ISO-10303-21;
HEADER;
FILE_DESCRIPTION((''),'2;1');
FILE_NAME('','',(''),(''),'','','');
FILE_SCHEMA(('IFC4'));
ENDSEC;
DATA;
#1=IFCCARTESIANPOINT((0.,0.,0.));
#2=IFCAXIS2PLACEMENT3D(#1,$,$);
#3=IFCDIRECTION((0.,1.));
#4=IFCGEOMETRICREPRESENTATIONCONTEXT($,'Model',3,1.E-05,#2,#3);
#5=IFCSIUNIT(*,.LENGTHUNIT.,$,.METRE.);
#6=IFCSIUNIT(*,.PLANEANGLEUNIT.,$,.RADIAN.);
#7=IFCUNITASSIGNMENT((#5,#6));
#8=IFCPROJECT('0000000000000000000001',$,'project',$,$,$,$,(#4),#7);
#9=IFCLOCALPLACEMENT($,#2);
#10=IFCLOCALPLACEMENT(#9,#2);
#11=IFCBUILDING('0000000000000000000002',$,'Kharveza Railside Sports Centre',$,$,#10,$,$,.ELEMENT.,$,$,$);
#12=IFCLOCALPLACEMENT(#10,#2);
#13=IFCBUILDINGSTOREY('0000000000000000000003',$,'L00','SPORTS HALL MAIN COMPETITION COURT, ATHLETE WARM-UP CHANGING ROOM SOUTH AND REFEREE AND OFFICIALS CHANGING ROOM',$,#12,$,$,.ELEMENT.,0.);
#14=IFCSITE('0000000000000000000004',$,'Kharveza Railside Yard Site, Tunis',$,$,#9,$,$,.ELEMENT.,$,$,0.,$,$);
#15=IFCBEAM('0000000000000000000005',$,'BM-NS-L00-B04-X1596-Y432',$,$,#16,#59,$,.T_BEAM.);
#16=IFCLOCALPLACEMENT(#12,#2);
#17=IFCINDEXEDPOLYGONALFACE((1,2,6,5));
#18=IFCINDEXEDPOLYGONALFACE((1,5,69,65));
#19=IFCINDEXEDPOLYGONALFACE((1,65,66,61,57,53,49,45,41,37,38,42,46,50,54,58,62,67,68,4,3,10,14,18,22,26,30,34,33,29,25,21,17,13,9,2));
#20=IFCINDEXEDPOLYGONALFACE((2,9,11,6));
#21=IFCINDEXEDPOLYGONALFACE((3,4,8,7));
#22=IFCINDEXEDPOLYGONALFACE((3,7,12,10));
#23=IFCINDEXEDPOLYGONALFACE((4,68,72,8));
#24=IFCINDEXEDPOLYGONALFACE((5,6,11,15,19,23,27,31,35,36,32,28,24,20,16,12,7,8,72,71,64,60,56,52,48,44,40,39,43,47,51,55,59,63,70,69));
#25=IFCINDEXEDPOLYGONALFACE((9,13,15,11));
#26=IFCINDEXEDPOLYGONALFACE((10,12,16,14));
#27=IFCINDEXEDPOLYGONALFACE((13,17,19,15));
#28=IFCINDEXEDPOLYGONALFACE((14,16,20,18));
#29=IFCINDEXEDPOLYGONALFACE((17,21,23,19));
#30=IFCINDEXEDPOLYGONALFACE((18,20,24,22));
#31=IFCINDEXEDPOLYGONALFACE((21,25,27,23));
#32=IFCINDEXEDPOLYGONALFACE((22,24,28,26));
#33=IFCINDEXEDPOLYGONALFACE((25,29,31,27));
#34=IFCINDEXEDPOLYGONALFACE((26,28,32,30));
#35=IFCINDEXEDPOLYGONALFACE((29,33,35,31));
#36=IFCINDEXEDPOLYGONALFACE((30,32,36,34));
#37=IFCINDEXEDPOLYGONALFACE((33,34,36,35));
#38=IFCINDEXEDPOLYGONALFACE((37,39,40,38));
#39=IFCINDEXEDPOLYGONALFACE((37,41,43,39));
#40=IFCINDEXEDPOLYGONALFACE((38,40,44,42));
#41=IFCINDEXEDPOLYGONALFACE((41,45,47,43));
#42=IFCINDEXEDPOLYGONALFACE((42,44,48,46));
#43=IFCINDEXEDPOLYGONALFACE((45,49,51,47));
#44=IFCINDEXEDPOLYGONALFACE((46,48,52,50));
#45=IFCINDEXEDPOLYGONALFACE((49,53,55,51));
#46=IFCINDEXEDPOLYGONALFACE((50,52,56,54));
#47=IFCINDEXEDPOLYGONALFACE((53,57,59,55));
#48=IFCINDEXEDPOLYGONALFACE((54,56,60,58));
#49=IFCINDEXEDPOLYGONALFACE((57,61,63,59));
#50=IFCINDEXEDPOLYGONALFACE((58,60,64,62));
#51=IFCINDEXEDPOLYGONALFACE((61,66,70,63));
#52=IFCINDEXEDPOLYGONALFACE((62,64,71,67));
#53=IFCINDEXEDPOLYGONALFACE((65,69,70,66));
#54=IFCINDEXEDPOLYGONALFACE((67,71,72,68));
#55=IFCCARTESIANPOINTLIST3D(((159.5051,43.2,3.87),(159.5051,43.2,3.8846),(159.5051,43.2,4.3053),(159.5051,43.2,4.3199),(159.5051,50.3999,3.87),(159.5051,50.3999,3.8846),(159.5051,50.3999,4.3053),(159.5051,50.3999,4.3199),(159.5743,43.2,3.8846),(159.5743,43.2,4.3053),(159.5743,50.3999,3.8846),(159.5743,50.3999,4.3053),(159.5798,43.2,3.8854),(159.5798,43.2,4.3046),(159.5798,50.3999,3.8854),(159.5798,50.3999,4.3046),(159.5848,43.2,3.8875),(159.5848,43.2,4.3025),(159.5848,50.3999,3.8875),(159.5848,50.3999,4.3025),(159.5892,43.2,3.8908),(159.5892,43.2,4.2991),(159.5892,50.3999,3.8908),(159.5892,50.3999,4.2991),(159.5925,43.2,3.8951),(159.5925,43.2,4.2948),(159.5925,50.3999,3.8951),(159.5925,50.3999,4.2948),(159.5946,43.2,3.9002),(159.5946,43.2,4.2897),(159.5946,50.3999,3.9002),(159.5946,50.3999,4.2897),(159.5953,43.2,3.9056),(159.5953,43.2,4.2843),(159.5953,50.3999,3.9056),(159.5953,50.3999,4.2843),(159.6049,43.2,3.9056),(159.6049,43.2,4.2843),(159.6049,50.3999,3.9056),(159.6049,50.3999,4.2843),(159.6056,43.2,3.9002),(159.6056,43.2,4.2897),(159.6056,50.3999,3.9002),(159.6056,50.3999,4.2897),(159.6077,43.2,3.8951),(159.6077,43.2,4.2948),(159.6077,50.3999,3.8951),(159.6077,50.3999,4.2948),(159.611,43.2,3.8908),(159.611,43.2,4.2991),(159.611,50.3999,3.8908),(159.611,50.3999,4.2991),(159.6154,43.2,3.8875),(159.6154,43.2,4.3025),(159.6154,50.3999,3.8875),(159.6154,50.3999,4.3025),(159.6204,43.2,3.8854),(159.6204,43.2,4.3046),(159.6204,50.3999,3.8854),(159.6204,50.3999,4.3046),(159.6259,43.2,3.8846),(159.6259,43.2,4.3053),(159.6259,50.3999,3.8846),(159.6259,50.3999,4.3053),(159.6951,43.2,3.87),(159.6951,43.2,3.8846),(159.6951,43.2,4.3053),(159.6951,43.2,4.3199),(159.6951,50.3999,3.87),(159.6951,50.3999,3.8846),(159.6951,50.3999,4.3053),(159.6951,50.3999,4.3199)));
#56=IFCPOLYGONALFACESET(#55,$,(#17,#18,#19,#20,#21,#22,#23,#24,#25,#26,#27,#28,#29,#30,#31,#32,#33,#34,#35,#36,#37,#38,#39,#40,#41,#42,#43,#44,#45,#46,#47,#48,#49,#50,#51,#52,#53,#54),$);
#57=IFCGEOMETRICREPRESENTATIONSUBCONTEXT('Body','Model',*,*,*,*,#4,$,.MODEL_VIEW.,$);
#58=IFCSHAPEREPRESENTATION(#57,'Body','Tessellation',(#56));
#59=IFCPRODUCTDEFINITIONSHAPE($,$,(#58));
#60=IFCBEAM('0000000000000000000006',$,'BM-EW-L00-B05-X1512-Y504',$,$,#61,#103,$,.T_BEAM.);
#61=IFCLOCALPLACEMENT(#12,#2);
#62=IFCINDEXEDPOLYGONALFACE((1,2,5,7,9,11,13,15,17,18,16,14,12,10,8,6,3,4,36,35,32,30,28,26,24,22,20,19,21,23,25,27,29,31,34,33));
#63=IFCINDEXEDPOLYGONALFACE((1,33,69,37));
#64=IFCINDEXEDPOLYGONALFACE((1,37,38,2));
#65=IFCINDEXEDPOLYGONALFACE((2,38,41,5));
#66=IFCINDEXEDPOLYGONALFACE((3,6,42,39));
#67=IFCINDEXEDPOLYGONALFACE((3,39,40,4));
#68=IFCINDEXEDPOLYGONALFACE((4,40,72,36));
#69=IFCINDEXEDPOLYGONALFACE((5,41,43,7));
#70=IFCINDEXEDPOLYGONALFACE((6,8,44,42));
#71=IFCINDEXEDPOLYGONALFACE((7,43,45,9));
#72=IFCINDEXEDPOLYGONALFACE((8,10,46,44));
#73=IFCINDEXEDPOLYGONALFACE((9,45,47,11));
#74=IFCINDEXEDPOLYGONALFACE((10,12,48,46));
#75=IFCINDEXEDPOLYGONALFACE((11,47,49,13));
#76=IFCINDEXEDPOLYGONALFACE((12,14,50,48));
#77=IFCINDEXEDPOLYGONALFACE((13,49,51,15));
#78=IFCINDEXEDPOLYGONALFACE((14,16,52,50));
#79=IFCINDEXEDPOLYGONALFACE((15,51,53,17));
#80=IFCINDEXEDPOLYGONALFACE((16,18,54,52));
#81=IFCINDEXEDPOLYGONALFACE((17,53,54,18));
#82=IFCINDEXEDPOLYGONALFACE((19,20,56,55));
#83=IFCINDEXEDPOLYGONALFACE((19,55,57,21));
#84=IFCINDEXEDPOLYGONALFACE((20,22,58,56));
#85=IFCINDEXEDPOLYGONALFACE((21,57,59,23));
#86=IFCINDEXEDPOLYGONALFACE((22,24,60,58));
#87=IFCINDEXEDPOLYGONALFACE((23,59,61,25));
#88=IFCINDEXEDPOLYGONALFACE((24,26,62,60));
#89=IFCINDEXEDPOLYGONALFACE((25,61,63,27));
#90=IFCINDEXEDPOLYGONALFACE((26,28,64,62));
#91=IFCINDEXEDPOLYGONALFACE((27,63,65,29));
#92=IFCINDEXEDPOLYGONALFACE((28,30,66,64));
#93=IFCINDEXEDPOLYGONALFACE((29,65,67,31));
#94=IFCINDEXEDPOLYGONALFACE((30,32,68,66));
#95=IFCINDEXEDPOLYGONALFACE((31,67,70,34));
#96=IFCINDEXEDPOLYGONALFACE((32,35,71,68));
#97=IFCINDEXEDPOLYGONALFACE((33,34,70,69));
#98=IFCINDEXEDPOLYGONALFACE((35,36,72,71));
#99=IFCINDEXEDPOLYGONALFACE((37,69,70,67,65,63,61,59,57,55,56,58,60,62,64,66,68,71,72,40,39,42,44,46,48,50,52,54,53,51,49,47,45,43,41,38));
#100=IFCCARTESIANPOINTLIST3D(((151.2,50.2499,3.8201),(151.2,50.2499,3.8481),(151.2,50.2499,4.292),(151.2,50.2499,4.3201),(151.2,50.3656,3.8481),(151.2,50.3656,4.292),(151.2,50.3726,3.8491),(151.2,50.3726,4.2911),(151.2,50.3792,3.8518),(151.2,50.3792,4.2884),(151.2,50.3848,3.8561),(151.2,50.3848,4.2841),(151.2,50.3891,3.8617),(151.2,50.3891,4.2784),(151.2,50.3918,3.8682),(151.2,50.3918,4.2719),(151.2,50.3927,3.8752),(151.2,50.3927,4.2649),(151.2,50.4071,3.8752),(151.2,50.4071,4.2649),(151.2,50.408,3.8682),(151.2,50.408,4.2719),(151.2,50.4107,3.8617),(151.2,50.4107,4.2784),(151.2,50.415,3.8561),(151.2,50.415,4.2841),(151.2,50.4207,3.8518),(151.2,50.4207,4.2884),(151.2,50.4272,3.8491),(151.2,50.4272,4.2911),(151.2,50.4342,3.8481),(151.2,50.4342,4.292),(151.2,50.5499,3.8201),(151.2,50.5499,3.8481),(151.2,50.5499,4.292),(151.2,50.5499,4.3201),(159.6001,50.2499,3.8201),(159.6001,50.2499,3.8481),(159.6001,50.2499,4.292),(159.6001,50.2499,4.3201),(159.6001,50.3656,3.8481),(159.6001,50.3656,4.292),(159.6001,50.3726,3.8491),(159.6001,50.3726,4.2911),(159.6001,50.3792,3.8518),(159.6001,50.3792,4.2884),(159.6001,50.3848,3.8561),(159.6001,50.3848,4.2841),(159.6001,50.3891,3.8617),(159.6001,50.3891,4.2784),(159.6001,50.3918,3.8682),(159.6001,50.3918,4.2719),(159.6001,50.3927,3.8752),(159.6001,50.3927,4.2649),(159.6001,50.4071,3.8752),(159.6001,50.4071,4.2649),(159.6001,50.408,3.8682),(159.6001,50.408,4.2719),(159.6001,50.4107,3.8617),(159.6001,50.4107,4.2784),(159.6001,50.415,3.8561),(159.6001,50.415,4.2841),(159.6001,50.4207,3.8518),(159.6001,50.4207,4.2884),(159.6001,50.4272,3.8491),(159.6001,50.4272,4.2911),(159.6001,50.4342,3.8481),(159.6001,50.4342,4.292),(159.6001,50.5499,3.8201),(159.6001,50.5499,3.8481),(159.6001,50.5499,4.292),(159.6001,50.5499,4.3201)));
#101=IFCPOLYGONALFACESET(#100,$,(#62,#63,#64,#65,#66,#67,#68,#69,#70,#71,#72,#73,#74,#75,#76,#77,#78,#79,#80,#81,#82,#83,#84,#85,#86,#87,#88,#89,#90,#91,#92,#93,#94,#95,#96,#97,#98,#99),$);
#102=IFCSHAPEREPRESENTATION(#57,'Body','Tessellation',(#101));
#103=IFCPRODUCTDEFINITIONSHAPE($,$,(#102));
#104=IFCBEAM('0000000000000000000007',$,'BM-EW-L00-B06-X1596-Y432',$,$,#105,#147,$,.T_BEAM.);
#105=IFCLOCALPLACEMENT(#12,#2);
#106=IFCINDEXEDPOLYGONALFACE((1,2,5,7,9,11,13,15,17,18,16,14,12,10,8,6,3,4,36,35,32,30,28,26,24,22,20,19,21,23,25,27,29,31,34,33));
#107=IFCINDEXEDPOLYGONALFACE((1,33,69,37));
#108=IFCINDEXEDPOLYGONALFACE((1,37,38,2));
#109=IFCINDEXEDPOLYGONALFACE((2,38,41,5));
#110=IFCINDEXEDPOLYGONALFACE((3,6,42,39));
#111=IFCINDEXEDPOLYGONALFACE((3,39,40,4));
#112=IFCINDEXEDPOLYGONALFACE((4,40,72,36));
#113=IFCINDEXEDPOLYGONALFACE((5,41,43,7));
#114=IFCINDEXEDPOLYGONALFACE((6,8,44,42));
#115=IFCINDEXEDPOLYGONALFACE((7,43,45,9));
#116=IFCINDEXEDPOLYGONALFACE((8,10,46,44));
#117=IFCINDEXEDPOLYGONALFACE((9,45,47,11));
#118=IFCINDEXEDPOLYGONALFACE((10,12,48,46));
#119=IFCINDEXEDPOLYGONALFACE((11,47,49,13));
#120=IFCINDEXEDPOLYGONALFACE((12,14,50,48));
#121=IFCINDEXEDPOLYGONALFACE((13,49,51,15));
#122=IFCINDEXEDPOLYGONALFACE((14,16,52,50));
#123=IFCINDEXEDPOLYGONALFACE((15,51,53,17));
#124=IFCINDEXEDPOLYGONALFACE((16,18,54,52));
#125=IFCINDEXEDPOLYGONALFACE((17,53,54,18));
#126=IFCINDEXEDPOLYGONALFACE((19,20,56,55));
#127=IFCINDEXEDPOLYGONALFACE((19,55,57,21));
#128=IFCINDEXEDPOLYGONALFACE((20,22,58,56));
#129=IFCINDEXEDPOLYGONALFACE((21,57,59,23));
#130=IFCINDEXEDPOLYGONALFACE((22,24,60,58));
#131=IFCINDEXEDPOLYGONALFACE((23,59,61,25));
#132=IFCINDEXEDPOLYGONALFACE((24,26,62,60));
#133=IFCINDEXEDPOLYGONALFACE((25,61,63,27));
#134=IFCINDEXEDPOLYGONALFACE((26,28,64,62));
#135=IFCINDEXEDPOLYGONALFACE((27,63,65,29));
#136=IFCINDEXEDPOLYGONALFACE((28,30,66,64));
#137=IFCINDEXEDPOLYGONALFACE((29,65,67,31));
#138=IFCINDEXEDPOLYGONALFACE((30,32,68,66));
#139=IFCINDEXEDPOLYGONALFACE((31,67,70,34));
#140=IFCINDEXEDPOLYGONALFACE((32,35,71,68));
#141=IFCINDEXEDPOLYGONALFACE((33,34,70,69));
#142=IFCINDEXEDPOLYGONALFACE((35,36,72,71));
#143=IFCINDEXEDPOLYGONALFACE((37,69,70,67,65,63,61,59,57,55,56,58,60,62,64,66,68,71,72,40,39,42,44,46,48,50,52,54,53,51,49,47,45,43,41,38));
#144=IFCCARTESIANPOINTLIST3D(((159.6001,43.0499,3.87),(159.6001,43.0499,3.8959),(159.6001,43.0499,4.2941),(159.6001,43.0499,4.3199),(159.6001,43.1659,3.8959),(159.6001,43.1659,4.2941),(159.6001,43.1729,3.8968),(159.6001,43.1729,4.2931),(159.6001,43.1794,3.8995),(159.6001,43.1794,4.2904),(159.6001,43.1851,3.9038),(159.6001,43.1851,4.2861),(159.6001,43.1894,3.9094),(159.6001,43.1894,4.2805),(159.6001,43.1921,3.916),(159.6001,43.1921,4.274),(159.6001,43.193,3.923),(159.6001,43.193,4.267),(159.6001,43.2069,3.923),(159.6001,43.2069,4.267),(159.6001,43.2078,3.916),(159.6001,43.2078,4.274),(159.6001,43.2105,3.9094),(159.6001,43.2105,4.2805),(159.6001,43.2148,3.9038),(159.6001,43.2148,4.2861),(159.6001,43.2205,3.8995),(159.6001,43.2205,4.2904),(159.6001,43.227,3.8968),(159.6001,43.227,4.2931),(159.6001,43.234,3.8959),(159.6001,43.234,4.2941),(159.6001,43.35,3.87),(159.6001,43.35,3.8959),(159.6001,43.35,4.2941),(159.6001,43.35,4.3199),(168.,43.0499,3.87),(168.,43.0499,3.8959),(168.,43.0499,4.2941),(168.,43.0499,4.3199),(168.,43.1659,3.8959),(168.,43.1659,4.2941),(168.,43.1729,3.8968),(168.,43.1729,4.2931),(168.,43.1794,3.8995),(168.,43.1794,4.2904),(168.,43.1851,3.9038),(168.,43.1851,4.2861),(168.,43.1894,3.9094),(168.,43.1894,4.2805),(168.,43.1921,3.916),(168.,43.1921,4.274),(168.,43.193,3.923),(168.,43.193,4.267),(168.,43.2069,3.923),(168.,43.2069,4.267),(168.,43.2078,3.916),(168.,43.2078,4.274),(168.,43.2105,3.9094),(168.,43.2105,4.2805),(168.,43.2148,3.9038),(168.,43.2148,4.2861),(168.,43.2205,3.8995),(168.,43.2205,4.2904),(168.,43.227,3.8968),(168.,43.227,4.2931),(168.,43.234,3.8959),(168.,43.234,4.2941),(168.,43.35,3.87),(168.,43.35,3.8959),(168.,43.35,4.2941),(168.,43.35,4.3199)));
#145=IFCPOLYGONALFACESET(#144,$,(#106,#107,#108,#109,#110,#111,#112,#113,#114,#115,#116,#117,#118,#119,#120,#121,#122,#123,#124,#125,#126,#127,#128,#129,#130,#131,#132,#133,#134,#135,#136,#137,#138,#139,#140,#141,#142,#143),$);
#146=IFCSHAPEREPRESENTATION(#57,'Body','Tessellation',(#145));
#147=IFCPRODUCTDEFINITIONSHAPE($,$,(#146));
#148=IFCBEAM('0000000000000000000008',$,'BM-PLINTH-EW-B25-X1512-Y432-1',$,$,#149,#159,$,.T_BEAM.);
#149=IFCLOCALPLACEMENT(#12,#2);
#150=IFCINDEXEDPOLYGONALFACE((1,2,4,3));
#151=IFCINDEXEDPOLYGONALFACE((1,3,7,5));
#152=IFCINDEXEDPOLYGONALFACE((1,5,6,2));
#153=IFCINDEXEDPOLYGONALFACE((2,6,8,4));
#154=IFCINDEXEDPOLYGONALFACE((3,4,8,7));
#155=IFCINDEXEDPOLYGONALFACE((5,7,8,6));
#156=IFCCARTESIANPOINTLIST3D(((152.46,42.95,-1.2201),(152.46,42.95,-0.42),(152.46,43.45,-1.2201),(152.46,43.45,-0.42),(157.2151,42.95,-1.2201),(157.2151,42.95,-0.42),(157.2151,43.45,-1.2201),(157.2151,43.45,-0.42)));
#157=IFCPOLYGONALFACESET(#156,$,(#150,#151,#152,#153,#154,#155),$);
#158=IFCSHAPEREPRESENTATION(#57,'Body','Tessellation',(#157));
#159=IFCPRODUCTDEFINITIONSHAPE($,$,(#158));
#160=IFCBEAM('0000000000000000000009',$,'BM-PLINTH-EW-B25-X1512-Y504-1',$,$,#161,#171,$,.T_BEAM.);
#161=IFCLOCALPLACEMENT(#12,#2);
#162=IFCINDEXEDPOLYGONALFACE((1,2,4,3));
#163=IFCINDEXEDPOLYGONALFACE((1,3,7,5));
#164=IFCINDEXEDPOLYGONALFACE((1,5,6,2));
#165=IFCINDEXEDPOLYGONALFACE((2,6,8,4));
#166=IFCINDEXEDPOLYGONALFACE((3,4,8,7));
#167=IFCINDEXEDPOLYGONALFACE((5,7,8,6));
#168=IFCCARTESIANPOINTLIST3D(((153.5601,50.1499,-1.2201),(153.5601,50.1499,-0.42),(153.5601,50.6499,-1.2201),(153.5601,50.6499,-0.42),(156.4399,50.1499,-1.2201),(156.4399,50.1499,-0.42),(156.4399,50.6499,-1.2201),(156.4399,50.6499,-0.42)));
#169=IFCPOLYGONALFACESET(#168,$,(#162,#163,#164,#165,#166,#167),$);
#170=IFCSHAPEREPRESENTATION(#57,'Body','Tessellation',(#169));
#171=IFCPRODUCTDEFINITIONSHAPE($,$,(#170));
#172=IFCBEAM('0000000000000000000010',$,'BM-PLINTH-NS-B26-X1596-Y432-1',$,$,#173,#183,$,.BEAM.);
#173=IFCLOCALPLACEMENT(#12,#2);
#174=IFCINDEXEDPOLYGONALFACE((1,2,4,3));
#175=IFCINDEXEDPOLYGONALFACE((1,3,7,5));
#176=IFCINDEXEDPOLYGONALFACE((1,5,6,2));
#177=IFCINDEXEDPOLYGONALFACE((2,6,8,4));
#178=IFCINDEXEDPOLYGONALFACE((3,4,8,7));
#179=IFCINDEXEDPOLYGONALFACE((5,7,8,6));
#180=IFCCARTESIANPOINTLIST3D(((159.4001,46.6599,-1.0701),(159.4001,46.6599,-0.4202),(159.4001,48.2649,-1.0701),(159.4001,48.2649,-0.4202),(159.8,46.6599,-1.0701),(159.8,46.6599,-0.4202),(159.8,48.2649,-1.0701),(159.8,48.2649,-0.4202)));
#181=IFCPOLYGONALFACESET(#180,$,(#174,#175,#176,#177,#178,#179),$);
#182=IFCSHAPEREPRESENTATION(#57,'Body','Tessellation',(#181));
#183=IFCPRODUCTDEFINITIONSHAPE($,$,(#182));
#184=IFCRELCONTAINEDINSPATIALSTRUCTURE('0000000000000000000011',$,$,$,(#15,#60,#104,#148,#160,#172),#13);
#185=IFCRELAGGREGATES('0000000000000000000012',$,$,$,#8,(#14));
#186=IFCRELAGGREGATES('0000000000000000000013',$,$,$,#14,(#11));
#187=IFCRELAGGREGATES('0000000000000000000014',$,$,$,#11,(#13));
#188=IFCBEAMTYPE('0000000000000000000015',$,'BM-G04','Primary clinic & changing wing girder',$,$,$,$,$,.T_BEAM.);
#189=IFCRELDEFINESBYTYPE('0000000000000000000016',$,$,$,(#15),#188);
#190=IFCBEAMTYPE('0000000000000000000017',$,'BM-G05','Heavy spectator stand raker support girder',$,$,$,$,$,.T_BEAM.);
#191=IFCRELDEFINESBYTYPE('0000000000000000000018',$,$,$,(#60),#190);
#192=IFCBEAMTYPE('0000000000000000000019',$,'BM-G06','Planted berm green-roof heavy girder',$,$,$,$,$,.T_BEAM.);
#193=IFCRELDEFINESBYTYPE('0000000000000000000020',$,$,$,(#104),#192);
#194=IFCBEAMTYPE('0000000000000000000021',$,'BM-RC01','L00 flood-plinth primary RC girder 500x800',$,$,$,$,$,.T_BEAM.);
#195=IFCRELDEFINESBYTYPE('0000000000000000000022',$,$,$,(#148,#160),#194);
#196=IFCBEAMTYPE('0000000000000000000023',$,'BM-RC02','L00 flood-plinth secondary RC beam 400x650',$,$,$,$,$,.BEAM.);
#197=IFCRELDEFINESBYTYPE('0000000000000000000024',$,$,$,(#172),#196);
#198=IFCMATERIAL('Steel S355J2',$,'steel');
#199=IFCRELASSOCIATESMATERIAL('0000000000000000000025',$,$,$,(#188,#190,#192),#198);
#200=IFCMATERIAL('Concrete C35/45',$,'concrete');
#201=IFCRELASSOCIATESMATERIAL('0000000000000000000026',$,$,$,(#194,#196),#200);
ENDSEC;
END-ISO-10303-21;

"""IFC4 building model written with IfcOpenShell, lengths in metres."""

from ifc_helpers import new_model, si_unit, direction, frame, origin, origin_2d, place, context, subcontext, project, spatial, rectangle, i_section, extrude, material, material_profile, profile_set, type_object, element, save


model = new_model("IFC4")

# Units and contexts
model_context = context("Model", 3, precision=1e-05, world=origin(), true_north=direction((0.0, 1.0)))
body_context = subcontext(model_context, "Body", "Model", "MODEL_VIEW")
ifc_project = project(units=[si_unit("LENGTHUNIT", "METRE"), si_unit("PLANEANGLEUNIT", "RADIAN")], contexts=[model_context])

# Site, building, storey
site_placement = place(None, origin())
site = spatial("IfcSite", under=ifc_project, at=site_placement, Name="Kharveza Railside Yard Site, Tunis", CompositionType="ELEMENT", RefElevation=0.0)
building_placement = place(site_placement, origin())
building = spatial("IfcBuilding", under=site, at=building_placement, Name="Kharveza Railside Sports Centre", CompositionType="ELEMENT")
storey_placement = place(building_placement, origin())
storey = spatial("IfcBuildingStorey", under=building, at=storey_placement, Name="L00", Description="SPORTS HALL MAIN COMPETITION COURT, ATHLETE WARM-UP CHANGING ROOM SOUTH AND REFEREE AND OFFICIALS CHANGING ROOM", CompositionType="ELEMENT", Elevation=0.0)

# Shared definitions
ifc_material_1 = material(Name="Concrete C35/45", Category="concrete")

# Shared definitions
ifc_material_2 = material(Name="Steel S355J2", Category="steel")

# Beams
ifc_material_profile_1 = material_profile(ifc_material_2, i_section(OverallWidth=0.1899, OverallDepth=0.45, WebThickness=0.0095, FlangeThickness=0.0146, FilletRadius=0.021, at=origin_2d()), Name="IPE 450")
ifc_profile_set_1 = profile_set([ifc_material_profile_1], Name="Steel S355J2")
beam_type_1 = type_object("IfcBeamType", Name="BM-G04", Description="Primary clinic & changing wing girder", PredefinedType="T_BEAM", material=ifc_profile_set_1)
beam_1_placement = place(storey_placement, frame((159.6001, 43.2, 4.095), z_axis=(0.0, 1.0, 0.0), x_axis=(-1.0, 0.0, 0.0)))
element("IfcBeam", 1, at=beam_1_placement, inside=storey, type_object=beam_type_1, Name="BM-NS-L00-B04-X1596-Y432", PredefinedType="T_BEAM", context=body_context, shape_type="SweptSolid", body=[
    extrude(i_section(OverallWidth=0.1899, OverallDepth=0.45, WebThickness=0.0095, FlangeThickness=0.0146, FilletRadius=0.021, at=origin_2d()), origin(), (0.0, 0.0, 1.0), 7.2),
])
ifc_material_profile_2 = material_profile(ifc_material_2, i_section(OverallWidth=0.3, OverallDepth=0.5, WebThickness=0.0144, FlangeThickness=0.0281, FilletRadius=0.0271, at=origin_2d()), Name="HEB 500")
ifc_profile_set_2 = profile_set([ifc_material_profile_2], Name="Steel S355J2")
beam_type_2 = type_object("IfcBeamType", Name="BM-G05", Description="Heavy spectator stand raker support girder", PredefinedType="T_BEAM", material=ifc_profile_set_2)
beam_2_placement = place(storey_placement, frame((151.2, 50.3999, 4.0701), z_axis=(1.0, 0.0, 0.0), x_axis=(0.0, 1.0, 0.0)))
element("IfcBeam", 2, at=beam_2_placement, inside=storey, type_object=beam_type_2, Name="BM-EW-L00-B05-X1512-Y504", PredefinedType="T_BEAM", context=body_context, shape_type="SweptSolid", body=[
    extrude(i_section(OverallWidth=0.3, OverallDepth=0.5, WebThickness=0.0144, FlangeThickness=0.0281, FilletRadius=0.0271, at=origin_2d()), origin(), (0.0, 0.0, 1.0), 8.4001),
])
ifc_material_profile_3 = material_profile(ifc_material_2, i_section(OverallWidth=0.3, OverallDepth=0.45, WebThickness=0.0139, FlangeThickness=0.0259, FilletRadius=0.0271, at=origin_2d()), Name="HEB 450")
ifc_profile_set_3 = profile_set([ifc_material_profile_3], Name="Steel S355J2")
beam_type_3 = type_object("IfcBeamType", Name="BM-G06", Description="Planted berm green-roof heavy girder", PredefinedType="T_BEAM", material=ifc_profile_set_3)
beam_3_placement = place(storey_placement, frame((159.6001, 43.2, 4.095), z_axis=(1.0, 0.0, 0.0), x_axis=(0.0, 1.0, 0.0)))
element("IfcBeam", 3, at=beam_3_placement, inside=storey, type_object=beam_type_3, Name="BM-EW-L00-B06-X1596-Y432", PredefinedType="T_BEAM", context=body_context, shape_type="SweptSolid", body=[
    extrude(i_section(OverallWidth=0.3, OverallDepth=0.45, WebThickness=0.0139, FlangeThickness=0.0259, FilletRadius=0.0271, at=origin_2d()), origin(), (0.0, 0.0, 1.0), 8.3999),
])
ifc_material_profile_4 = material_profile(ifc_material_1, rectangle(XDim=0.5, YDim=0.8, at=origin_2d()), Name="RCB 500x800")
ifc_profile_set_4 = profile_set([ifc_material_profile_4], Name="Concrete C35/45")
beam_type_4 = type_object("IfcBeamType", Name="BM-RC01", Description="L00 flood-plinth primary RC girder 500x800", PredefinedType="T_BEAM", material=ifc_profile_set_4)
beam_4_placement = place(storey_placement, frame((152.46, 43.2, -0.8201), z_axis=(1.0, 0.0, 0.0), x_axis=(0.0, 1.0, 0.0)))
element("IfcBeam", 4, at=beam_4_placement, inside=storey, type_object=beam_type_4, Name="BM-PLINTH-EW-B25-X1512-Y432-1", PredefinedType="T_BEAM", context=body_context, shape_type="SweptSolid", body=[
    extrude(rectangle(XDim=0.5, YDim=0.8, at=origin_2d()), origin(), (0.0, 0.0, 1.0), 4.7551),
])
beam_5_placement = place(storey_placement, frame((153.5601, 50.3999, -0.8201), z_axis=(1.0, 0.0, 0.0), x_axis=(0.0, 1.0, 0.0)))
element("IfcBeam", 5, at=beam_5_placement, inside=storey, type_object=beam_type_4, Name="BM-PLINTH-EW-B25-X1512-Y504-1", PredefinedType="T_BEAM", context=body_context, shape_type="SweptSolid", body=[
    extrude(rectangle(XDim=0.5, YDim=0.8, at=origin_2d()), origin(), (0.0, 0.0, 1.0), 2.8799),
])
ifc_material_profile_5 = material_profile(ifc_material_1, rectangle(XDim=0.3999, YDim=0.6499, at=origin_2d()), Name="RCB 400x650")
ifc_profile_set_5 = profile_set([ifc_material_profile_5], Name="Concrete C35/45")
beam_type_5 = type_object("IfcBeamType", Name="BM-RC02", Description="L00 flood-plinth secondary RC beam 400x650", PredefinedType="BEAM", material=ifc_profile_set_5)
beam_6_placement = place(storey_placement, frame((159.6001, 46.6599, -0.7451), z_axis=(0.0, 1.0, 0.0), x_axis=(-1.0, 0.0, 0.0)))
element("IfcBeam", 6, at=beam_6_placement, inside=storey, type_object=beam_type_5, Name="BM-PLINTH-NS-B26-X1596-Y432-1", PredefinedType="BEAM", context=body_context, shape_type="SweptSolid", body=[
    extrude(rectangle(XDim=0.3999, YDim=0.6499, at=origin_2d()), origin(), (0.0, 0.0, 1.0), 1.605),
])

save(model, "model.ifc")
